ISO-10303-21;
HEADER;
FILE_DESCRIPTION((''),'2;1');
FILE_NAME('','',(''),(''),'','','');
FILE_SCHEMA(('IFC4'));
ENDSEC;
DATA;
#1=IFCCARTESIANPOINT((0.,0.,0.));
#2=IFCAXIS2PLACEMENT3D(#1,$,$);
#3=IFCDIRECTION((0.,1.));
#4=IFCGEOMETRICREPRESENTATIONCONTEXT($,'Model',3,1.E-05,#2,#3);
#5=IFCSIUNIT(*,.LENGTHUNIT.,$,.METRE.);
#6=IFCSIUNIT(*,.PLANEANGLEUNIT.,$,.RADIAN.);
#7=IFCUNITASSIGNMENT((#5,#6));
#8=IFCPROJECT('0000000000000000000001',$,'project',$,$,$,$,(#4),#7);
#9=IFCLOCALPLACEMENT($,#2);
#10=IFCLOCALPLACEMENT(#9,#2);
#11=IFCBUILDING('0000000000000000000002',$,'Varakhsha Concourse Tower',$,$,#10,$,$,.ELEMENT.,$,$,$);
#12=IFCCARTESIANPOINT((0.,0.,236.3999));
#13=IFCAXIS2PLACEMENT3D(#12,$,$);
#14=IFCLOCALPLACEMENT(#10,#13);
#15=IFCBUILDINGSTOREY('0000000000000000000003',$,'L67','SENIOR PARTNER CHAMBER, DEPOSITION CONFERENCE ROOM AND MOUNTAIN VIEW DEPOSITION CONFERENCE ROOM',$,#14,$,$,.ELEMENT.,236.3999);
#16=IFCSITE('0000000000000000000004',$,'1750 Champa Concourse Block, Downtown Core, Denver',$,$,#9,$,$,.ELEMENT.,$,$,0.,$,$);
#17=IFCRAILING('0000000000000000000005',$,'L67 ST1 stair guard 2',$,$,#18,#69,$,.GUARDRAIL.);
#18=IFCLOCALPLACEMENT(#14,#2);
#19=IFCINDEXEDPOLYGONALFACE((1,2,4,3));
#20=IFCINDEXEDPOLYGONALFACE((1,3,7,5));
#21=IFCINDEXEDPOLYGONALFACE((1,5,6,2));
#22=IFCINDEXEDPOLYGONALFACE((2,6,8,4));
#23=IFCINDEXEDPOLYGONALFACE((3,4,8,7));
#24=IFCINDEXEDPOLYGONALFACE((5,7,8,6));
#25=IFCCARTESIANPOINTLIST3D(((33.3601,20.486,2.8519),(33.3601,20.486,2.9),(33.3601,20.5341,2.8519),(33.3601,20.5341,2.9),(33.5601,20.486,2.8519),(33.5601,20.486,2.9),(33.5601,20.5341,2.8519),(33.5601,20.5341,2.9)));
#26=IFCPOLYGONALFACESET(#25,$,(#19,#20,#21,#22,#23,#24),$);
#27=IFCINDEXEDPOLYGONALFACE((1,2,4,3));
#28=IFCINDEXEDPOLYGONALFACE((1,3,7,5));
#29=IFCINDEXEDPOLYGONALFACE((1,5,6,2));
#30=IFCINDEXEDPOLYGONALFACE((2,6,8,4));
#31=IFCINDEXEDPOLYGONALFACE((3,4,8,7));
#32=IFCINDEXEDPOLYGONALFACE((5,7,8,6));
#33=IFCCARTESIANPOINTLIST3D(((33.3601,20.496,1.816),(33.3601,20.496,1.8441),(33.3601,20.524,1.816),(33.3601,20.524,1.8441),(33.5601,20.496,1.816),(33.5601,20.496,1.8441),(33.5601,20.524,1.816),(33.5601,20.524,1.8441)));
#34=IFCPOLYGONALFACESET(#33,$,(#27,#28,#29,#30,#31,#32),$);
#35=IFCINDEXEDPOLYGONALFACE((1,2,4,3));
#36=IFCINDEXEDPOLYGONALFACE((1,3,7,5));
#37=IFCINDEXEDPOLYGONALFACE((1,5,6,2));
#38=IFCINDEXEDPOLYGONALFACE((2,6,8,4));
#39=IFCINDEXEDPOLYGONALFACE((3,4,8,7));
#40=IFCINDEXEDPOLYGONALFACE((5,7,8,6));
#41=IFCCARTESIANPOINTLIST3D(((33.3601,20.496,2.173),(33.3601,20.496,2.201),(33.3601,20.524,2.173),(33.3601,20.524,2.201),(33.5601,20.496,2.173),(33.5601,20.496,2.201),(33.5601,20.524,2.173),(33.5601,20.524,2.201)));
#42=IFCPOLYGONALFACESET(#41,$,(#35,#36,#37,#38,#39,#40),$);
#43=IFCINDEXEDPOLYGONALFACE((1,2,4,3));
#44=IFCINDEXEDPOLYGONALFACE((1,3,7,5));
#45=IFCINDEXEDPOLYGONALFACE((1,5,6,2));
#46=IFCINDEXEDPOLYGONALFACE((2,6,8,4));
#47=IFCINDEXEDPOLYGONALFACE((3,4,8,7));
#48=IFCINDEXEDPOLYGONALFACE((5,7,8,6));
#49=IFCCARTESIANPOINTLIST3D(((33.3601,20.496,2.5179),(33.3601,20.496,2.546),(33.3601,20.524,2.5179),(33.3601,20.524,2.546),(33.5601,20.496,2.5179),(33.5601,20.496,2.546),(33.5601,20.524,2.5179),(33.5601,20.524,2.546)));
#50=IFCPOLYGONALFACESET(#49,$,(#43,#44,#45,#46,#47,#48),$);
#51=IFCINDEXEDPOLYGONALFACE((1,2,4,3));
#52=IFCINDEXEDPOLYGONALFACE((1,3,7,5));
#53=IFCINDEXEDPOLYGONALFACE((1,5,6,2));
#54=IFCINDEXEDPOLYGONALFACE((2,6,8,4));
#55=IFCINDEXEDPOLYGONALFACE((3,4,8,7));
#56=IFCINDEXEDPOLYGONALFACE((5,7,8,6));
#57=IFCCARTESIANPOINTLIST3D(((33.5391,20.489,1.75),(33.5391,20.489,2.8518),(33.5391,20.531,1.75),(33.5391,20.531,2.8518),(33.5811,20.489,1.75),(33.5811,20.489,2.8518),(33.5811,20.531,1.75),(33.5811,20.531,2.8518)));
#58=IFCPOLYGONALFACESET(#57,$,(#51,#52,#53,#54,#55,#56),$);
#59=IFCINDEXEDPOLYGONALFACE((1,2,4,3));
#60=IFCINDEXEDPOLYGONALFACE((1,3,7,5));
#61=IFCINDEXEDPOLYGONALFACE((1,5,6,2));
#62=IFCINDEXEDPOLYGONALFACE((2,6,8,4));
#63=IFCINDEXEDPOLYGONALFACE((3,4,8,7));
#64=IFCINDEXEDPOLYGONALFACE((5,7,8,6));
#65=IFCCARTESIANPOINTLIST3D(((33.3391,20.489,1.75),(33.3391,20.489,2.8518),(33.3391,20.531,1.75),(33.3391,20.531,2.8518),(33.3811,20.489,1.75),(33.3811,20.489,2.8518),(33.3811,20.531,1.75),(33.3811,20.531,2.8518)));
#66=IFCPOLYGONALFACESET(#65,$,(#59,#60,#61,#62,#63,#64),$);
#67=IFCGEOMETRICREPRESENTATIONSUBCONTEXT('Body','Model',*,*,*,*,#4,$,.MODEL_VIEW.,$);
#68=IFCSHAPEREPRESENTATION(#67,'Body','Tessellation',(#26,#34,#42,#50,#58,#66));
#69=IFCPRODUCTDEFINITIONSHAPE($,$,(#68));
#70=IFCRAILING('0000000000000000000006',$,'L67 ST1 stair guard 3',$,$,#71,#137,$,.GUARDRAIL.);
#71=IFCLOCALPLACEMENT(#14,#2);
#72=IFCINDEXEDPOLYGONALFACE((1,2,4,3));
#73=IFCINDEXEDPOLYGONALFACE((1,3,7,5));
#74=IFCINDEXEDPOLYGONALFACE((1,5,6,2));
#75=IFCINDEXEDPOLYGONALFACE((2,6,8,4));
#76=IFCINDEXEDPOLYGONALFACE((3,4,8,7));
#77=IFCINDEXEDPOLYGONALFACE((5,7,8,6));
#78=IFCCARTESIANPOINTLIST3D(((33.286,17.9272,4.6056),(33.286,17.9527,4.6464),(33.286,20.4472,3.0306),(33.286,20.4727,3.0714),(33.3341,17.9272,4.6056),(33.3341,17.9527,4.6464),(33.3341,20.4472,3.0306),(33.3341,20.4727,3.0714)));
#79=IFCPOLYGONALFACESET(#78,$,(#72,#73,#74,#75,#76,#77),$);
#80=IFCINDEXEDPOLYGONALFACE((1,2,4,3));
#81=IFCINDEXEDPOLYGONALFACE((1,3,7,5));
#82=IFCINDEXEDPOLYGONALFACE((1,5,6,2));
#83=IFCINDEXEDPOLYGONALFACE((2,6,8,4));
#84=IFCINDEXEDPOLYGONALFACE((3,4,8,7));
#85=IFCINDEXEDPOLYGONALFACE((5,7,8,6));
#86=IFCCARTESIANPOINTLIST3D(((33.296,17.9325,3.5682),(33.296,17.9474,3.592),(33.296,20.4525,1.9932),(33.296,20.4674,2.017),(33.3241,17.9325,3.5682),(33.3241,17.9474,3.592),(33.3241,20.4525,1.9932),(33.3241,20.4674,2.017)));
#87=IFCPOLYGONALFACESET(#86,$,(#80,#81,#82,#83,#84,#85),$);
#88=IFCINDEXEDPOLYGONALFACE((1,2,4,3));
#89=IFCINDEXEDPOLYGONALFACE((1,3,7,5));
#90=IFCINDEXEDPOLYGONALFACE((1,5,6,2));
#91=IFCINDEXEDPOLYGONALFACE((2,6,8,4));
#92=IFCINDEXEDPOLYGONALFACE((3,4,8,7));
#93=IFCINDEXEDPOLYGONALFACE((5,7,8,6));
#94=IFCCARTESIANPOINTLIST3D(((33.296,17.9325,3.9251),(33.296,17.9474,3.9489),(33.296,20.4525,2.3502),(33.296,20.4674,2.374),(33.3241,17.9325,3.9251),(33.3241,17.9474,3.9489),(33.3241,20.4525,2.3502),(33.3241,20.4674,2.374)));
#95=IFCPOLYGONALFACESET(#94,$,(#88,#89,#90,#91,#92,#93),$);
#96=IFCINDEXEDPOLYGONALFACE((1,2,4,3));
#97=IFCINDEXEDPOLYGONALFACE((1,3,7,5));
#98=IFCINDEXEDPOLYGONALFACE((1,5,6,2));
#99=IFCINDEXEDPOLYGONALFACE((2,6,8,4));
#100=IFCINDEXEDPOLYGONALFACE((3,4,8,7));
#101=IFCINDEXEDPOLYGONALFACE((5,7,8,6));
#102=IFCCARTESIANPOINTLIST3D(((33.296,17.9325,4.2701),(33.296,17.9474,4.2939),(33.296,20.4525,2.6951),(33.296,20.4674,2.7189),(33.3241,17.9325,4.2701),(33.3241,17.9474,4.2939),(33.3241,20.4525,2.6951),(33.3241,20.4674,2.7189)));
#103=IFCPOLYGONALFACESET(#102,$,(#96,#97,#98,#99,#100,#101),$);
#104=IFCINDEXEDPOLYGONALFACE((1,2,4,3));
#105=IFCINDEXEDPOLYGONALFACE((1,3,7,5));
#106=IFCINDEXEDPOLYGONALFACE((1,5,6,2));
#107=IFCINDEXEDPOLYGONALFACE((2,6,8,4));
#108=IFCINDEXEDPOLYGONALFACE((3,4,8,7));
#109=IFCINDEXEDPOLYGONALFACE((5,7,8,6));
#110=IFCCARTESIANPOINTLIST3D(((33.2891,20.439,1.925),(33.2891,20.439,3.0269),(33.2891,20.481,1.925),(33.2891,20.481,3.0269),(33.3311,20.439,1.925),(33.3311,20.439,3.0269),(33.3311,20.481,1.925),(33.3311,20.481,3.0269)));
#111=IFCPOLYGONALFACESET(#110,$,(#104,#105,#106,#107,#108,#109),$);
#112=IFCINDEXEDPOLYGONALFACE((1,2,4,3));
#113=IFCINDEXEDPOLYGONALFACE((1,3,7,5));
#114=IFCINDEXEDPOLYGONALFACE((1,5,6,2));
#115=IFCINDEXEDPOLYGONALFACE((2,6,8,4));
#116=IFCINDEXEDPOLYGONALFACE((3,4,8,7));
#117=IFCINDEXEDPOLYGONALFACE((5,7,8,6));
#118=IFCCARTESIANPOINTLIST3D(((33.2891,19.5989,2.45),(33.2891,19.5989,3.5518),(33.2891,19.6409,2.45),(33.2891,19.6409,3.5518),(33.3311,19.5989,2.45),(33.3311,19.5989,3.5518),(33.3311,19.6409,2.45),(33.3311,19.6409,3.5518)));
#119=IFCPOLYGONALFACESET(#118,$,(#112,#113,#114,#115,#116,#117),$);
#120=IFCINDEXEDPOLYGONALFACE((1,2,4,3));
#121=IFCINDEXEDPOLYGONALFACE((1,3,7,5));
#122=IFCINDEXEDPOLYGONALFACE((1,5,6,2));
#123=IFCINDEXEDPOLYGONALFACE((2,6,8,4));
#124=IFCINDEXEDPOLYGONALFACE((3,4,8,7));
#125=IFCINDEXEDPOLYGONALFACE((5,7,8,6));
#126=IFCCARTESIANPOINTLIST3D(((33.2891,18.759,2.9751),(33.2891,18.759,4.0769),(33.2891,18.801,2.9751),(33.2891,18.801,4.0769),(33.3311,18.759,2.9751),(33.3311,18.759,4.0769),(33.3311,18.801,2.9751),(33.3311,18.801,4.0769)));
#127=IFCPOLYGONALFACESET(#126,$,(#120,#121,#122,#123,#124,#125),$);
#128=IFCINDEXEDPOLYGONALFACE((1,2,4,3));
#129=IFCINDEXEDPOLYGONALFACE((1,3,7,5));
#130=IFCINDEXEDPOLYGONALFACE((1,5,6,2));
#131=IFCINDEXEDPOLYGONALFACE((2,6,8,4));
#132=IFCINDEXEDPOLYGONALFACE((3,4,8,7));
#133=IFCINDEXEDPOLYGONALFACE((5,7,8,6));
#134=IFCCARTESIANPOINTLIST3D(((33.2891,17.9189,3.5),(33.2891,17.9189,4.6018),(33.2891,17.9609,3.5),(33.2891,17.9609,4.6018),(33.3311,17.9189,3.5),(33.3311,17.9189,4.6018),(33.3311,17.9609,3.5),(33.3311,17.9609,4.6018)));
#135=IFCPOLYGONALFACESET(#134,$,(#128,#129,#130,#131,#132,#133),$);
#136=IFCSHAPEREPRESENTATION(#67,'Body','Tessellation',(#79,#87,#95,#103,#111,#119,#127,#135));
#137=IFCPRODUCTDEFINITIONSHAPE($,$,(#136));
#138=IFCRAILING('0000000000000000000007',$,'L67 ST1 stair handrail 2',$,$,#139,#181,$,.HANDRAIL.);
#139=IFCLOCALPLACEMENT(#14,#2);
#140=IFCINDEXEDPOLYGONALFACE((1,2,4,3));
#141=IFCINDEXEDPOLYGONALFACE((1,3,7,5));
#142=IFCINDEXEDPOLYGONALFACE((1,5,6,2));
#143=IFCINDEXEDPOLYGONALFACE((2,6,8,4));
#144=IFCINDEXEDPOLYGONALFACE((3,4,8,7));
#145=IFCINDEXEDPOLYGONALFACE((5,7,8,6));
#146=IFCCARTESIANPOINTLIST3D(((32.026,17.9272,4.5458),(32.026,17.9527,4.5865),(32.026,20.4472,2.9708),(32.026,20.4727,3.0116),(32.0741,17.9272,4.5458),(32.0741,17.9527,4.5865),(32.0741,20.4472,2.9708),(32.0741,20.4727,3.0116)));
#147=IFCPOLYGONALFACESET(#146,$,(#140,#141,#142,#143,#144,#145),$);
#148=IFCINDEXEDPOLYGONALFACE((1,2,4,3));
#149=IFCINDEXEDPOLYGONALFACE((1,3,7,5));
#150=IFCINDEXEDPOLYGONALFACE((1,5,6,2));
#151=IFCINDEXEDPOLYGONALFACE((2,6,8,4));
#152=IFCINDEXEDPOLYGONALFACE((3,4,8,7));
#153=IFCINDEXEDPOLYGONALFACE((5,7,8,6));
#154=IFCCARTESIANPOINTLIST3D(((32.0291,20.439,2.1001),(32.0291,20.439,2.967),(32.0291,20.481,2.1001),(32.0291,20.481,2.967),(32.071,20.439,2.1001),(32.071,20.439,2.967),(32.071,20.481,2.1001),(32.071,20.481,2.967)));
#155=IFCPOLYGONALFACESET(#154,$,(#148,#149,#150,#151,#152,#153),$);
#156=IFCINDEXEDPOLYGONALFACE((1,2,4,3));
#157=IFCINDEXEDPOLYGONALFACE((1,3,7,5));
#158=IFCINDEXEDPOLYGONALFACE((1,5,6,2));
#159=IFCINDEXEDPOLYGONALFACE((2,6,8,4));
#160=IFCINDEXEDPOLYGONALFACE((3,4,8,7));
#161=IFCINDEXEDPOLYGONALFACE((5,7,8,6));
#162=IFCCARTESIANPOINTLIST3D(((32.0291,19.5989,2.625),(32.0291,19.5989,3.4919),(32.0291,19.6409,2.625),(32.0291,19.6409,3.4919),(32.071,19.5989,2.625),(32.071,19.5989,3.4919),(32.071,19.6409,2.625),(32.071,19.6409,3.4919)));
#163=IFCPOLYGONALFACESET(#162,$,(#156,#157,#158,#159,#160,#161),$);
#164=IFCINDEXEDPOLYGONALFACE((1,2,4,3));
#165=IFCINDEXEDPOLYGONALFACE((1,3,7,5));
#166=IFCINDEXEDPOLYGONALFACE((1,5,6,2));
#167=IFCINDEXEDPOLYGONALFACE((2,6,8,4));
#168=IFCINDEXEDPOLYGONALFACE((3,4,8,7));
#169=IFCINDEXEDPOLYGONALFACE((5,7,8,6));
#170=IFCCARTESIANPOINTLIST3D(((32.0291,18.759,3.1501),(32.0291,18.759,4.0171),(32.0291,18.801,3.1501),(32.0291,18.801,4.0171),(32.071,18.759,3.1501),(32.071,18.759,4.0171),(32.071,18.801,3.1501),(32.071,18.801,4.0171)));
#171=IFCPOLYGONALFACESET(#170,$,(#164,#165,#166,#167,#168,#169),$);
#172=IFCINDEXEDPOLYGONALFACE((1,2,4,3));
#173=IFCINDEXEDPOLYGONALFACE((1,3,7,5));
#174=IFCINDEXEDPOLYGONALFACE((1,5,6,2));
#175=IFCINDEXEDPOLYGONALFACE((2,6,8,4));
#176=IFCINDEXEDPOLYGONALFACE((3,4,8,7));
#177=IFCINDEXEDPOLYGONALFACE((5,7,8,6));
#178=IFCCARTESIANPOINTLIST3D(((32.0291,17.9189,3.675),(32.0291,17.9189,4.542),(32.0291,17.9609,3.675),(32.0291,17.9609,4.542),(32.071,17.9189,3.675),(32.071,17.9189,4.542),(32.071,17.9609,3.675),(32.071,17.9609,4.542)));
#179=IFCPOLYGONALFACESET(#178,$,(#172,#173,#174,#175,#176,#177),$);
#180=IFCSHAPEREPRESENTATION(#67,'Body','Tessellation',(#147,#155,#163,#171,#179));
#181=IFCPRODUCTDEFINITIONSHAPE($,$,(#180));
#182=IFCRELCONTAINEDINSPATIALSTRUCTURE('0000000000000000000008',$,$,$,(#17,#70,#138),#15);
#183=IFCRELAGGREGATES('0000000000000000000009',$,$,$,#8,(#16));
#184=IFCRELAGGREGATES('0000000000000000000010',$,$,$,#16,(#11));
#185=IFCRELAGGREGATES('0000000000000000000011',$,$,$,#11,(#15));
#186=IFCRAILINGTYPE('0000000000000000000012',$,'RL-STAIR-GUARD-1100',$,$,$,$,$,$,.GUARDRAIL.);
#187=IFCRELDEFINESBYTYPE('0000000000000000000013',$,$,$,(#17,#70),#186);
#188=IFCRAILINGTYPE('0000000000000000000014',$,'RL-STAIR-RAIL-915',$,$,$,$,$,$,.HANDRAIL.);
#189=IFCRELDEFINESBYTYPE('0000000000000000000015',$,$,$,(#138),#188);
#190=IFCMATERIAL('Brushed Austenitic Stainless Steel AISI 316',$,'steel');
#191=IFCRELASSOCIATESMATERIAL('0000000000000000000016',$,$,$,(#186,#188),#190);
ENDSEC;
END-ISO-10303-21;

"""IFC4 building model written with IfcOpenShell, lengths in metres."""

from ifc_helpers import new_model, si_unit, direction, frame, origin, origin_2d, place, context, subcontext, project, spatial, rectangle, extrude, material, type_object, element, save


model = new_model("IFC4")

# Units and contexts
model_context = context("Model", 3, precision=1e-05, world=origin(), true_north=direction((0.0, 1.0)))
body_context = subcontext(model_context, "Body", "Model", "MODEL_VIEW")
ifc_project = project(units=[si_unit("LENGTHUNIT", "METRE"), si_unit("PLANEANGLEUNIT", "RADIAN")], contexts=[model_context])

# Site, building, storey
site_placement = place(None, origin())
site = spatial("IfcSite", under=ifc_project, at=site_placement, Name="1750 Champa Concourse Block, Downtown Core, Denver", CompositionType="ELEMENT", RefElevation=0.0)
building_placement = place(site_placement, origin())
building = spatial("IfcBuilding", under=site, at=building_placement, Name="Varakhsha Concourse Tower", CompositionType="ELEMENT")
storey_placement = place(building_placement, frame((0.0, 0.0, 236.3999)))
storey = spatial("IfcBuildingStorey", under=building, at=storey_placement, Name="L67", Description="SENIOR PARTNER CHAMBER, DEPOSITION CONFERENCE ROOM AND MOUNTAIN VIEW DEPOSITION CONFERENCE ROOM", CompositionType="ELEMENT", Elevation=236.3999)

# Shared definitions
ifc_material_1 = material(Name="Brushed Austenitic Stainless Steel AISI 316", Category="steel")

# Railings
railing_type_1 = type_object("IfcRailingType", Name="RL-STAIR-GUARD-1100", PredefinedType="GUARDRAIL", material=ifc_material_1)
railing_1_placement = place(storey_placement, frame((33.5601, 20.51, 1.75)))
element("IfcRailing", 1, at=railing_1_placement, inside=storey, type_object=railing_type_1, Name="L67 ST1 stair guard 2", PredefinedType="GUARDRAIL", context=body_context, shape_type="SweptSolid", body=[
    extrude(rectangle(XDim=0.0481, YDim=0.0481, at=origin_2d()), frame((0.0, 0.0, 1.126), z_axis=(-1.0, 0.0, 0.0), x_axis=(0.0, -1.0, 0.0)), (0.0, 0.0, 1.0), 0.2),
    extrude(rectangle(XDim=0.0281, YDim=0.0281, at=origin_2d()), frame((0.0, 0.0, 0.0801), z_axis=(-1.0, 0.0, 0.0), x_axis=(0.0, -1.0, 0.0)), (0.0, 0.0, 1.0), 0.2),
    extrude(rectangle(XDim=0.0281, YDim=0.0281, at=origin_2d()), frame((0.0, 0.0, 0.437), z_axis=(-1.0, 0.0, 0.0), x_axis=(0.0, -1.0, 0.0)), (0.0, 0.0, 1.0), 0.2),
    extrude(rectangle(XDim=0.0281, YDim=0.0281, at=origin_2d()), frame((0.0, 0.0, 0.782), z_axis=(-1.0, 0.0, 0.0), x_axis=(0.0, -1.0, 0.0)), (0.0, 0.0, 1.0), 0.2),
    extrude(rectangle(XDim=0.042, YDim=0.042, at=origin_2d()), origin(), (0.0, 0.0, 1.0), 1.1018),
    extrude(rectangle(XDim=0.042, YDim=0.042, at=origin_2d()), frame((-0.2, 0.0, 0.0)), (0.0, 0.0, 1.0), 1.1018),
])
railing_2_placement = place(storey_placement, frame((33.3101, 20.46, 1.925)))
element("IfcRailing", 2, at=railing_2_placement, inside=storey, type_object=railing_type_1, Name="L67 ST1 stair guard 3", PredefinedType="GUARDRAIL", context=body_context, shape_type="SweptSolid", body=[
    extrude(rectangle(XDim=0.0481, YDim=0.0481, at=origin_2d()), frame((0.0, 0.0, 1.126), z_axis=(0.0, -0.848008, 0.529984), x_axis=(1.0, 0.0, 0.0)), (0.0, 0.0, 1.0), 2.9717),
    extrude(rectangle(XDim=0.0281, YDim=0.0281, at=origin_2d()), frame((0.0, 0.0, 0.0801), z_axis=(0.0, -0.848008, 0.529984), x_axis=(1.0, 0.0, 0.0)), (0.0, 0.0, 1.0), 2.9717),
    extrude(rectangle(XDim=0.0281, YDim=0.0281, at=origin_2d()), frame((0.0, 0.0, 0.437), z_axis=(0.0, -0.848008, 0.529984), x_axis=(1.0, 0.0, 0.0)), (0.0, 0.0, 1.0), 2.9717),
    extrude(rectangle(XDim=0.0281, YDim=0.0281, at=origin_2d()), frame((0.0, 0.0, 0.782), z_axis=(0.0, -0.848008, 0.529984), x_axis=(1.0, 0.0, 0.0)), (0.0, 0.0, 1.0), 2.9717),
    extrude(rectangle(XDim=0.042, YDim=0.042, at=origin_2d()), origin(), (0.0, 0.0, 1.0), 1.1018),
    extrude(rectangle(XDim=0.042, YDim=0.042, at=origin_2d()), frame((0.0, -0.8401, 0.5249)), (0.0, 0.0, 1.0), 1.1018),
    extrude(rectangle(XDim=0.042, YDim=0.042, at=origin_2d()), frame((0.0, -1.6799, 1.05)), (0.0, 0.0, 1.0), 1.1018),
    extrude(rectangle(XDim=0.042, YDim=0.042, at=origin_2d()), frame((0.0, -2.52, 1.575)), (0.0, 0.0, 1.0), 1.1018),
])
railing_type_2 = type_object("IfcRailingType", Name="RL-STAIR-RAIL-915", PredefinedType="HANDRAIL", material=ifc_material_1)
railing_3_placement = place(storey_placement, frame((32.05, 20.46, 2.1001)))
element("IfcRailing", 3, at=railing_3_placement, inside=storey, type_object=railing_type_2, Name="L67 ST1 stair handrail 2", PredefinedType="HANDRAIL", context=body_context, shape_type="SweptSolid", body=[
    extrude(rectangle(XDim=0.0481, YDim=0.0481, at=origin_2d()), frame((0.0, 0.0, 0.8911), z_axis=(0.0, -0.848008, 0.529984), x_axis=(1.0, 0.0, 0.0)), (0.0, 0.0, 1.0), 2.9717),
    extrude(rectangle(XDim=0.042, YDim=0.042, at=origin_2d()), origin(), (0.0, 0.0, 1.0), 0.8669),
    extrude(rectangle(XDim=0.042, YDim=0.042, at=origin_2d()), frame((0.0, -0.8401, 0.5249)), (0.0, 0.0, 1.0), 0.8669),
    extrude(rectangle(XDim=0.042, YDim=0.042, at=origin_2d()), frame((0.0, -1.6799, 1.05)), (0.0, 0.0, 1.0), 0.8669),
    extrude(rectangle(XDim=0.042, YDim=0.042, at=origin_2d()), frame((0.0, -2.52, 1.575)), (0.0, 0.0, 1.0), 0.8669),
])

save(model, "model.ifc")
